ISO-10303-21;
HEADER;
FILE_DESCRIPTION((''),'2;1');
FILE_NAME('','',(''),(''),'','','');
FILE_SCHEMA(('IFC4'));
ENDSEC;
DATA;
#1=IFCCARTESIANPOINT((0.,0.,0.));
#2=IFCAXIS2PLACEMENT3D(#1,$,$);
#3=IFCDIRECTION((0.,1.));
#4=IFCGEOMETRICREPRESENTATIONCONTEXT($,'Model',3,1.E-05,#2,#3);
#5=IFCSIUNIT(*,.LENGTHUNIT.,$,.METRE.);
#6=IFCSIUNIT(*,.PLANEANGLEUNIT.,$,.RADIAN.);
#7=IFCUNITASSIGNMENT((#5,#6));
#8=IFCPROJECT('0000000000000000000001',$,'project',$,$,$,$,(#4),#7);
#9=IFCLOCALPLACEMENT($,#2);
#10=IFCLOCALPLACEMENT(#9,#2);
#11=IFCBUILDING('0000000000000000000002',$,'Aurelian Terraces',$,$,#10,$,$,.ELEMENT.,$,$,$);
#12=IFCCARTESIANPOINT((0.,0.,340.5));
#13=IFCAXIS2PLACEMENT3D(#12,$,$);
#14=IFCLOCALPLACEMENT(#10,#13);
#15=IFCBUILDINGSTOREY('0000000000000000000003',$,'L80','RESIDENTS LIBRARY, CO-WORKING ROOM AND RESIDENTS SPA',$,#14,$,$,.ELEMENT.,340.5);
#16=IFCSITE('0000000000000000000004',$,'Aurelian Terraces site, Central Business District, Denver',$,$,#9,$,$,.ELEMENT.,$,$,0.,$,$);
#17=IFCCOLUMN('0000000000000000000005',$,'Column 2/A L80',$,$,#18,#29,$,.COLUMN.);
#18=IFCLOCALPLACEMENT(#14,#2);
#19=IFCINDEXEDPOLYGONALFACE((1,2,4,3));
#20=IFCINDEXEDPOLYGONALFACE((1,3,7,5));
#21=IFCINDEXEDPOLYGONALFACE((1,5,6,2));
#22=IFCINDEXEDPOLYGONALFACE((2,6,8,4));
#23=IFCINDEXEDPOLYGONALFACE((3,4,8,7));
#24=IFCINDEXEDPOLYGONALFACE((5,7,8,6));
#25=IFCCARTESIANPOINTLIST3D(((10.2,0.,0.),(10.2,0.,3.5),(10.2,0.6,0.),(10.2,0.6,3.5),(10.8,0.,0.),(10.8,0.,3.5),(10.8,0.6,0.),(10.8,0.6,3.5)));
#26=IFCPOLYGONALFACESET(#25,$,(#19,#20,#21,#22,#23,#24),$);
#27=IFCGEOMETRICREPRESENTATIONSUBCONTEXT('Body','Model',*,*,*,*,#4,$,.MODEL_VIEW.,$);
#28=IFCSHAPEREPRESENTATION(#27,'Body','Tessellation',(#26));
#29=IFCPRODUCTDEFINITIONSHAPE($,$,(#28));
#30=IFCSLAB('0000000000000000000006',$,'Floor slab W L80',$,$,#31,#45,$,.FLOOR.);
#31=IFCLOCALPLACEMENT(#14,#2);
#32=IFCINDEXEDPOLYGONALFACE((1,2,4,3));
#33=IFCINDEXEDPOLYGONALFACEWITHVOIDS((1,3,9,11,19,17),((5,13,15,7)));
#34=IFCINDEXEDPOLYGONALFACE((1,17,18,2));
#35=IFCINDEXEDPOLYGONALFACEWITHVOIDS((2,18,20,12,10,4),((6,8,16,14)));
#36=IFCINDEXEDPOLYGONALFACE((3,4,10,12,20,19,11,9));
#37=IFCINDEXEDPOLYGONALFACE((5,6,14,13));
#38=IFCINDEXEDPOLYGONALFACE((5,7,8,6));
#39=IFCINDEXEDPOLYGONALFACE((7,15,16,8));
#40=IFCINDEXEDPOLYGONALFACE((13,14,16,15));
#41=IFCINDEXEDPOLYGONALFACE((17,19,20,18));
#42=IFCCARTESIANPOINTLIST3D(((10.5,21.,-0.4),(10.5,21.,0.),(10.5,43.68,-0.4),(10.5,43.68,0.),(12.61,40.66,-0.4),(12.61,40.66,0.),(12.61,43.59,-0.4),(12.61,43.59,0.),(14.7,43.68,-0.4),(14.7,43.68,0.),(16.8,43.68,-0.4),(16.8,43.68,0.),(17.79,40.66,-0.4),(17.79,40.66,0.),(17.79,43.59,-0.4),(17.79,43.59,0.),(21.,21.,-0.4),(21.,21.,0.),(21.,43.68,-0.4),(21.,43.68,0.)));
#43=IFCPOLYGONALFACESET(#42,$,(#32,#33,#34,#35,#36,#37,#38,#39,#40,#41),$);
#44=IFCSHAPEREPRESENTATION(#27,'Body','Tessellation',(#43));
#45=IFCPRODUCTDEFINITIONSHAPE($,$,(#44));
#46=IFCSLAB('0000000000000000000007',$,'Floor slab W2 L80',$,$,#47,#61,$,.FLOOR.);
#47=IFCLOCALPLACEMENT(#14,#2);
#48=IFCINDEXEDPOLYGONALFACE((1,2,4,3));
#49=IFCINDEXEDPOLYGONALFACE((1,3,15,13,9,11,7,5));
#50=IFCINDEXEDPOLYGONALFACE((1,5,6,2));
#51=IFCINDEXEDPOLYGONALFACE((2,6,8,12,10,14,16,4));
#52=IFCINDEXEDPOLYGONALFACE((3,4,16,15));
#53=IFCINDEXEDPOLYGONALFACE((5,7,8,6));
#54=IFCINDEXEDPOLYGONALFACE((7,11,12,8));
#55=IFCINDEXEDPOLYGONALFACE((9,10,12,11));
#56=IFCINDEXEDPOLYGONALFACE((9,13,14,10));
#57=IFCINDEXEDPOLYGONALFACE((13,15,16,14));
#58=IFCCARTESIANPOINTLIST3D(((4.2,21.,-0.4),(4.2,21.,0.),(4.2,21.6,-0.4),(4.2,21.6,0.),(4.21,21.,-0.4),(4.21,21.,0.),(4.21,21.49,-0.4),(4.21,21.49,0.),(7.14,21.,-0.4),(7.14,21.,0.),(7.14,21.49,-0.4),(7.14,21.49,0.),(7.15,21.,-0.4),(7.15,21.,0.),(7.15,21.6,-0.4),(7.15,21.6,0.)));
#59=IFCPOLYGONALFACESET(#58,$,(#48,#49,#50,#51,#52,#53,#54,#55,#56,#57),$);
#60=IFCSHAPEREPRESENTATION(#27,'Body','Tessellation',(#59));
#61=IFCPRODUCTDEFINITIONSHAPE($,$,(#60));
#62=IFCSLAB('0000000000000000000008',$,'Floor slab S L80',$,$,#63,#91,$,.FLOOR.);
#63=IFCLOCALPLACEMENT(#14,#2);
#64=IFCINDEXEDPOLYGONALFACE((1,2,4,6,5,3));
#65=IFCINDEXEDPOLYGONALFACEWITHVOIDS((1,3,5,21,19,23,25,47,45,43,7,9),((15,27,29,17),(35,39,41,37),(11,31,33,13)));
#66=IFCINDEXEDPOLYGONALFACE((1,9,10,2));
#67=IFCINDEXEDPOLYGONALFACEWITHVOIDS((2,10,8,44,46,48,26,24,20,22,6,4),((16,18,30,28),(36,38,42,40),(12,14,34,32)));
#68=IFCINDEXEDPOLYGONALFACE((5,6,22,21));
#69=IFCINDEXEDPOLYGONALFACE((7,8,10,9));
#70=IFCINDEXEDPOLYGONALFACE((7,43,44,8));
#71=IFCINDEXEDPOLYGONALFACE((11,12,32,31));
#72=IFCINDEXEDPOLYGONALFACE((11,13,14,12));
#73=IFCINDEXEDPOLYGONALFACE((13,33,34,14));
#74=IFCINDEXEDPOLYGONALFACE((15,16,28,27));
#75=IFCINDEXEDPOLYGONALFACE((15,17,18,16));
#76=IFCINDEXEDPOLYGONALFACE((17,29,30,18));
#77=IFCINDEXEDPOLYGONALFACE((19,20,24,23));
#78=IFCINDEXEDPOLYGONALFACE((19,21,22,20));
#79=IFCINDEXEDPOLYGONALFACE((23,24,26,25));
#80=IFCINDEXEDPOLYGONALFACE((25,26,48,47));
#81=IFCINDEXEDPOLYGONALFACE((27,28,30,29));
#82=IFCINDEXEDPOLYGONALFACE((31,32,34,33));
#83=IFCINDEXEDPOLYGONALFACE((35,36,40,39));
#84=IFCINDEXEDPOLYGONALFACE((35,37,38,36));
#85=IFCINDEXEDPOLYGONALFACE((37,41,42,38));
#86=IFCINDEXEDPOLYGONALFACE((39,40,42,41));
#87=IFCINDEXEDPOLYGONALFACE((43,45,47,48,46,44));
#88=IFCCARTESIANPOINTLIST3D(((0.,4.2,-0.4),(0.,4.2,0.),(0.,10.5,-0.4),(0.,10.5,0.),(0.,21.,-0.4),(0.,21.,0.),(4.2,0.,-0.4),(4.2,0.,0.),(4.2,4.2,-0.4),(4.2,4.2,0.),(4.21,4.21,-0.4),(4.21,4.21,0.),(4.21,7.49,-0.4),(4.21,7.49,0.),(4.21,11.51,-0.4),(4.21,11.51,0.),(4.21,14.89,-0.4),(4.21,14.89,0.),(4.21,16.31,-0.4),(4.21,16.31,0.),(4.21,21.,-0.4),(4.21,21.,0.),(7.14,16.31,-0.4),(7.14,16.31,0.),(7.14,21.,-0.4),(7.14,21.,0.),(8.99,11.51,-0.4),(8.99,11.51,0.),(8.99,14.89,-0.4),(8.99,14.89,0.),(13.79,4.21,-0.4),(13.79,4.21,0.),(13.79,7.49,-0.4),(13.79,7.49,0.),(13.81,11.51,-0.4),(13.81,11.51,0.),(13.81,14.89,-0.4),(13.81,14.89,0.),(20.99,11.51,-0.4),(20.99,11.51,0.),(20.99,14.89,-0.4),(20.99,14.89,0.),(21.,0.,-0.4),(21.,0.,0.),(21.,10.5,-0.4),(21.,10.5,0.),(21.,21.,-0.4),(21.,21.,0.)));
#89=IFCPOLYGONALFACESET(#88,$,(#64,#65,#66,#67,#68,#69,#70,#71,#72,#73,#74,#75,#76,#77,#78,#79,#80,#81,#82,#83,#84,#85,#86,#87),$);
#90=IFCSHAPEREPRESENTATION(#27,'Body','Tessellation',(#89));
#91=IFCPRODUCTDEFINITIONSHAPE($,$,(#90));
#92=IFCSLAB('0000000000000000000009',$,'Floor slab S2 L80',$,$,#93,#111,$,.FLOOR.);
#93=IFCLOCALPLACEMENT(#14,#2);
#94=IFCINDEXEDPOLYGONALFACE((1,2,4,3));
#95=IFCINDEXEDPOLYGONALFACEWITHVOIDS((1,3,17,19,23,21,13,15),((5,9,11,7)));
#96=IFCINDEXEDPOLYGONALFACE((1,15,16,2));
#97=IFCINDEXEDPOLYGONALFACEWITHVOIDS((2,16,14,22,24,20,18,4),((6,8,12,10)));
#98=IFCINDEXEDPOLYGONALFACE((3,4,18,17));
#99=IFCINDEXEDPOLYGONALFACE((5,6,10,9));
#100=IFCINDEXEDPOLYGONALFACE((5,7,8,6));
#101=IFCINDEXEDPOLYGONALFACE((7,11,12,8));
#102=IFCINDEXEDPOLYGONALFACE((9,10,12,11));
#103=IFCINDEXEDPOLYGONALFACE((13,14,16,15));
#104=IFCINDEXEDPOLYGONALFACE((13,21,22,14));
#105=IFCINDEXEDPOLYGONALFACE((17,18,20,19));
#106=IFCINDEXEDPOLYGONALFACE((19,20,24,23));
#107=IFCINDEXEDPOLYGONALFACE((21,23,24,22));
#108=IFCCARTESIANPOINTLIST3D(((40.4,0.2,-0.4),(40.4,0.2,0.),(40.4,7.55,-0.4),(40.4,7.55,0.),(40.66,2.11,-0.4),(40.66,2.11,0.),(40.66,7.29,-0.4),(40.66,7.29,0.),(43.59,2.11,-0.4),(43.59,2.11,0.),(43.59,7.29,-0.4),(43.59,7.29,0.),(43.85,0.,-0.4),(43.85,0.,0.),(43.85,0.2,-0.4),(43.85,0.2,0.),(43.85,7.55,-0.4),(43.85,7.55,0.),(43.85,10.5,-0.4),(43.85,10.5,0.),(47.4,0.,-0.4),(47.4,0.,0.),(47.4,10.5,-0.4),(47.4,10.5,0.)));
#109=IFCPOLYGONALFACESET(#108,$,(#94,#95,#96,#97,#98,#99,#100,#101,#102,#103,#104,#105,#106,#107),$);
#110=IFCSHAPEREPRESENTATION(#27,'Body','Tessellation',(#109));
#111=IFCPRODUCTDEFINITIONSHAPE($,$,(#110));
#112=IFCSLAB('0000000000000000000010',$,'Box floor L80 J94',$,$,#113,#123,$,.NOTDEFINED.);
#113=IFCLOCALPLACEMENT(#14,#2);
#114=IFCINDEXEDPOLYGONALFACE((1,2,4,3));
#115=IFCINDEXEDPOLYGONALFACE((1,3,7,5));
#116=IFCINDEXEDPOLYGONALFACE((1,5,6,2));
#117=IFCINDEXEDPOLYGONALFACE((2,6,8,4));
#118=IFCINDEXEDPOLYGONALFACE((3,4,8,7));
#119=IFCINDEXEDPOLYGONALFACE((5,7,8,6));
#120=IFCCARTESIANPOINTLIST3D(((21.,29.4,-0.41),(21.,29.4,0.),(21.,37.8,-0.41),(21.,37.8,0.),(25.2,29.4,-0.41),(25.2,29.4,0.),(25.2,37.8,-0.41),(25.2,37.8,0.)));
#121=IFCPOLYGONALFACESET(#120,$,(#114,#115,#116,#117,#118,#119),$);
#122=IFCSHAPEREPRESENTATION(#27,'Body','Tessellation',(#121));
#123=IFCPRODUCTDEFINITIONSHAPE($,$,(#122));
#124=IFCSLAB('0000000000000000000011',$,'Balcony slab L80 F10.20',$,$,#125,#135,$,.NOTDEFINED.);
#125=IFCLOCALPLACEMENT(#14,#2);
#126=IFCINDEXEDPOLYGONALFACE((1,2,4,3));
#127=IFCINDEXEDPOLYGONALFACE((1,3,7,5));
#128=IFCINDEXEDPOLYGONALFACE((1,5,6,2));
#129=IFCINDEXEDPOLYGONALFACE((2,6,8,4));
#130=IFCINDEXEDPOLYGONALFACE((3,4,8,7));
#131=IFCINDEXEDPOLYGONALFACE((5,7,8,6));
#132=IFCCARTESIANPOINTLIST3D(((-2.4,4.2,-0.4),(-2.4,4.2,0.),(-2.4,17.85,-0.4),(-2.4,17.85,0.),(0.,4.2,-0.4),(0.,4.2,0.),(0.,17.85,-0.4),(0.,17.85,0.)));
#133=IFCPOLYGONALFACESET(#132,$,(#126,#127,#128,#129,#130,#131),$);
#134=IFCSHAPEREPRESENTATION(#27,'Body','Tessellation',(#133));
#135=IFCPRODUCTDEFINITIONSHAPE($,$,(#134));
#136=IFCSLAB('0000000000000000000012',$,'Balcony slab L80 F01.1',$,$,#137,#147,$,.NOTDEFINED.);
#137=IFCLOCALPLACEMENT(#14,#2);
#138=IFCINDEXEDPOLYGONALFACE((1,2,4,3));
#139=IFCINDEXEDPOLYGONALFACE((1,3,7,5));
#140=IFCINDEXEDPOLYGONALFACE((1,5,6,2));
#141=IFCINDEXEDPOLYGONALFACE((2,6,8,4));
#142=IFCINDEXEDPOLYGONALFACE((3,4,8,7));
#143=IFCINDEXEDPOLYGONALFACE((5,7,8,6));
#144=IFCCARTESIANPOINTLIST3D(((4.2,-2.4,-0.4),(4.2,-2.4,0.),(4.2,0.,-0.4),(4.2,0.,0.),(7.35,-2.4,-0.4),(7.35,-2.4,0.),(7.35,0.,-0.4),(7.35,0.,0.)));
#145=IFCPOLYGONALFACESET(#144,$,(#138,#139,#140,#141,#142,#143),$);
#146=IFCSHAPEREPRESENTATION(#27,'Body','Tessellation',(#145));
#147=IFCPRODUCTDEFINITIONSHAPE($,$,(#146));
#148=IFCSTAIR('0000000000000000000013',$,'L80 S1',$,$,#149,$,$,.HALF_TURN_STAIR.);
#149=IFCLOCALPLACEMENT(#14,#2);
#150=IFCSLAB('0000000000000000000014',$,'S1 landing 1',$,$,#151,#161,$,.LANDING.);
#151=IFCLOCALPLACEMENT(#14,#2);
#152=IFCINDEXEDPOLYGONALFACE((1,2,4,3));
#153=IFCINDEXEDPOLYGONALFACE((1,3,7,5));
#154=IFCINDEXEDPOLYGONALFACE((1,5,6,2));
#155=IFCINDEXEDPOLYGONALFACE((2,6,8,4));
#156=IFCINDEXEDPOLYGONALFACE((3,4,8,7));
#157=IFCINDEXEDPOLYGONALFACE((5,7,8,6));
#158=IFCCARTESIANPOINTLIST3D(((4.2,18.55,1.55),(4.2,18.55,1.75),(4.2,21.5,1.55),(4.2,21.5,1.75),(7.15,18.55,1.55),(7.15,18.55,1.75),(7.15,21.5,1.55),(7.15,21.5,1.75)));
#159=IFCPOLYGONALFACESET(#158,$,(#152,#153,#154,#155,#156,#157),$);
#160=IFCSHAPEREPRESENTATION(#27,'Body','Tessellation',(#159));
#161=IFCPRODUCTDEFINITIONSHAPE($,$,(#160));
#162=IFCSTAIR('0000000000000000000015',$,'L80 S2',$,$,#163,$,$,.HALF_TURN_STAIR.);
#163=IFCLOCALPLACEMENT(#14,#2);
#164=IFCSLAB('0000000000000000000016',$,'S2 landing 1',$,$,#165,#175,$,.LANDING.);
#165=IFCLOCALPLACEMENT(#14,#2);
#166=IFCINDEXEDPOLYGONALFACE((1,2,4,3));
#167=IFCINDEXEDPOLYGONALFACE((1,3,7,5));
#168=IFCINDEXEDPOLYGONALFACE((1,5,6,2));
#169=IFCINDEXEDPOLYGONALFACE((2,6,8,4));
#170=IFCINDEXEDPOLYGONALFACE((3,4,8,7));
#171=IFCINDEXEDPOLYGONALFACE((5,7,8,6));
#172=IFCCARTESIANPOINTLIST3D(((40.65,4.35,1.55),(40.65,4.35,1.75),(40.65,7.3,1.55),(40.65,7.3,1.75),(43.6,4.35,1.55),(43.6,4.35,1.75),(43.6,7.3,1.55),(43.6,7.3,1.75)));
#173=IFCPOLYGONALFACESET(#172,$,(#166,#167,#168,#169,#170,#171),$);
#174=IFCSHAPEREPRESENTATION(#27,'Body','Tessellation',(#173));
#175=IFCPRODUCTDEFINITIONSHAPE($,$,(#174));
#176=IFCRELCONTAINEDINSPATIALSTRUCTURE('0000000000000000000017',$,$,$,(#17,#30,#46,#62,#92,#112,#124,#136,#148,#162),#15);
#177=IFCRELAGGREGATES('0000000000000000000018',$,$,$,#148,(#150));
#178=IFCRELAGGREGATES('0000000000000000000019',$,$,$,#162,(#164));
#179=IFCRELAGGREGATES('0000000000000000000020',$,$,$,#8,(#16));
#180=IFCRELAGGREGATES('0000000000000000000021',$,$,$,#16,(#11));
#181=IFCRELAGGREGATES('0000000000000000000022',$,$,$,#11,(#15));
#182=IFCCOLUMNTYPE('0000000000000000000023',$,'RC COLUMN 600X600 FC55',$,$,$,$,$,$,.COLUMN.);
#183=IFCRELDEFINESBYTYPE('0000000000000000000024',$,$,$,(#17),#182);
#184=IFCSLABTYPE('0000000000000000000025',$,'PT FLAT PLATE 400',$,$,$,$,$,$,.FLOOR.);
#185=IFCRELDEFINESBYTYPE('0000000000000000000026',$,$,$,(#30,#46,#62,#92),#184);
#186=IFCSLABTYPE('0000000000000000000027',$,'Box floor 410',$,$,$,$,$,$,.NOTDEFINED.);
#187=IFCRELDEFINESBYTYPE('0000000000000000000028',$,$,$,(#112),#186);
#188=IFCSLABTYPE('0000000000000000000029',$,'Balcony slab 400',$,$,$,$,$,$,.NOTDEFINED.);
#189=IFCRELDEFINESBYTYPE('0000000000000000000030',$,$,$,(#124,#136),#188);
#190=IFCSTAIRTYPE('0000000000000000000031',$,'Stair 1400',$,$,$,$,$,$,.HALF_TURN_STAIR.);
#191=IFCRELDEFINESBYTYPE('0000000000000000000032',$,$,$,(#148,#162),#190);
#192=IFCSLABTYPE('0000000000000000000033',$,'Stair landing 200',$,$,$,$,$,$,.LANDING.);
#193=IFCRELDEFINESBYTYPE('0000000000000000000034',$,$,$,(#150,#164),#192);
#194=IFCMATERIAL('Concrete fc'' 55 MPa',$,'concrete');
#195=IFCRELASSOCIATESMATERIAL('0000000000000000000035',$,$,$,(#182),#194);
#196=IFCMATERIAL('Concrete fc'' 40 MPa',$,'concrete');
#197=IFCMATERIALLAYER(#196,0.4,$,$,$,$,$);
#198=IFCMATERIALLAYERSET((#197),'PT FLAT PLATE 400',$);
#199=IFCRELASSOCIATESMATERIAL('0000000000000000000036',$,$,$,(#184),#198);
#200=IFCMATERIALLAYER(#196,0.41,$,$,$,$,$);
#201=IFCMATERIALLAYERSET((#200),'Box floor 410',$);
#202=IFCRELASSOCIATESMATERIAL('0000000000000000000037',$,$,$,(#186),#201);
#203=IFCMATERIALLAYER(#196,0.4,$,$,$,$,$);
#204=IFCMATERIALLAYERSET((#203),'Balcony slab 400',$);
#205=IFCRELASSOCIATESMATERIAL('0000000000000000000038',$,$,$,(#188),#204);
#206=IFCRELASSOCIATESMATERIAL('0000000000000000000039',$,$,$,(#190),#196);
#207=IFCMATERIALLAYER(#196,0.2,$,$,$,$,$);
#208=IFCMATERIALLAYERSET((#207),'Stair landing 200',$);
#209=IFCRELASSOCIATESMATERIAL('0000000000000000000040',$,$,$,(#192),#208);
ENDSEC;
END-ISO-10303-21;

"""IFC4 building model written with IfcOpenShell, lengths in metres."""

from ifc_helpers import new_model, si_unit, direction, frame, origin, origin_2d, place, context, subcontext, project, spatial, polyline, rectangle, outline, extrude, source, transform, mapped, material, layer, layer_set, material_profile, profile_set, type_object, element, aggregate, save


model = new_model("IFC4")

# Units and contexts
model_context = context("Model", 3, precision=1e-05, world=origin(), true_north=direction((0.0, 1.0)))
body_context = subcontext(model_context, "Body", "Model", "MODEL_VIEW")
ifc_project = project(units=[si_unit("LENGTHUNIT", "METRE"), si_unit("PLANEANGLEUNIT", "RADIAN")], contexts=[model_context])

# Site, building, storey
site_placement = place(None, origin())
site = spatial("IfcSite", under=ifc_project, at=site_placement, Name="Aurelian Terraces site, Central Business District, Denver", CompositionType="ELEMENT", RefElevation=0.0)
building_placement = place(site_placement, origin())
building = spatial("IfcBuilding", under=site, at=building_placement, Name="Aurelian Terraces", CompositionType="ELEMENT")
storey_placement = place(building_placement, frame((0.0, 0.0, 340.5)))
storey = spatial("IfcBuildingStorey", under=building, at=storey_placement, Name="L80", Description="RESIDENTS LIBRARY, CO-WORKING ROOM AND RESIDENTS SPA", CompositionType="ELEMENT", Elevation=340.5)

# Column
ifc_material_1 = material(Name="Concrete fc' 55 MPa", Category="concrete")
ifc_material_profile = material_profile(ifc_material_1, rectangle(XDim=0.6, YDim=0.6, at=origin_2d()))
ifc_profile_set = profile_set([ifc_material_profile], Name="Concrete fc' 55 MPa")
column_type = type_object("IfcColumnType", Name="RC COLUMN 600X600 FC55", PredefinedType="COLUMN", material=ifc_profile_set)
shared_shape_1 = source(origin(), body_context, "Body", "SweptSolid", [
    extrude(rectangle(XDim=0.6, YDim=0.6, at=origin_2d()), origin(), (0.0, 0.0, 1.0), 3.5),
])
column_placement = place(storey_placement, frame((10.5, 0.3, 0.0), z_axis=(0.0, 0.0, 1.0), x_axis=(1.0, 0.0, 0.0)))
element("IfcColumn", 1, at=column_placement, inside=storey, type_object=column_type, Name="Column 2/A L80", PredefinedType="COLUMN", context=body_context, shape_type="MappedRepresentation", body=[
    mapped(shared_shape_1, transform((0.0, 0.0, 0.0), scale=1.0)),
])

# Slabs
ifc_material_2 = material(Name="Concrete fc' 40 MPa", Category="concrete")
ifc_layer_1 = layer(ifc_material_2, 0.4)
ifc_layer_set_1 = layer_set([ifc_layer_1], Name="PT FLAT PLATE 400")
slab_type_1 = type_object("IfcSlabType", Name="PT FLAT PLATE 400", PredefinedType="FLOOR", material=ifc_layer_set_1)
shared_shape_2 = source(origin(), body_context, "Body", "SweptSolid", [
    extrude(outline(polyline([(10.5, 43.68), (14.7, 43.68), (16.8, 43.68), (21.0, 43.68), (21.0, 21.0), (10.5, 21.0), (10.5, 43.68)]), holes=[polyline([(17.79, 43.59), (12.61, 43.59), (12.61, 40.66), (17.79, 40.66), (17.79, 43.59)])]), origin(), (0.0, 0.0, 1.0), 0.4),
])
slab_1_placement = place(storey_placement, frame((0.0, 0.0, -0.4)))
element("IfcSlab", 2, at=slab_1_placement, inside=storey, type_object=slab_type_1, Name="Floor slab W L80", PredefinedType="FLOOR", context=body_context, shape_type="MappedRepresentation", body=[
    mapped(shared_shape_2, transform((0.0, 0.0, 0.0), scale=1.0)),
])
shared_shape_3 = source(origin(), body_context, "Body", "SweptSolid", [
    extrude(outline(polyline([(4.2, 21.0), (4.2, 21.6), (7.15, 21.6), (7.15, 21.0), (7.14, 21.0), (7.14, 21.49), (4.21, 21.49), (4.21, 21.0), (4.2, 21.0)])), origin(), (0.0, 0.0, 1.0), 0.4),
])
slab_2_placement = place(storey_placement, frame((0.0, 0.0, -0.4)))
element("IfcSlab", 3, at=slab_2_placement, inside=storey, type_object=slab_type_1, Name="Floor slab W2 L80", PredefinedType="FLOOR", context=body_context, shape_type="MappedRepresentation", body=[
    mapped(shared_shape_3, transform((0.0, 0.0, 0.0), scale=1.0)),
])
shared_shape_4 = source(origin(), body_context, "Body", "SweptSolid", [
    extrude(outline(polyline([(0.0, 4.2), (0.0, 10.5), (0.0, 21.0), (4.21, 21.0), (4.21, 16.31), (7.14, 16.31), (7.14, 21.0), (21.0, 21.0), (21.0, 10.5), (21.0, 0.0), (4.2, 0.0), (4.2, 4.2), (0.0, 4.2)]), holes=[polyline([(13.81, 14.89), (13.81, 11.51), (20.99, 11.51), (20.99, 14.89), (13.81, 14.89)]), polyline([(4.21, 7.49), (4.21, 4.21), (13.79, 4.21), (13.79, 7.49), (4.21, 7.49)]), polyline([(8.99, 11.51), (8.99, 14.89), (4.21, 14.89), (4.21, 11.51), (8.99, 11.51)])]), origin(), (0.0, 0.0, 1.0), 0.4),
])
slab_3_placement = place(storey_placement, frame((0.0, 0.0, -0.4)))
element("IfcSlab", 4, at=slab_3_placement, inside=storey, type_object=slab_type_1, Name="Floor slab S L80", PredefinedType="FLOOR", context=body_context, shape_type="MappedRepresentation", body=[
    mapped(shared_shape_4, transform((0.0, 0.0, 0.0), scale=1.0)),
])
shared_shape_5 = source(origin(), body_context, "Body", "SweptSolid", [
    extrude(outline(polyline([(43.85, 7.55), (43.85, 10.5), (47.4, 10.5), (47.4, 0.0), (43.85, 0.0), (43.85, 0.2), (40.4, 0.2), (40.4, 7.55), (43.85, 7.55)]), holes=[polyline([(40.66, 2.11), (43.59, 2.11), (43.59, 7.29), (40.66, 7.29), (40.66, 2.11)])]), origin(), (0.0, 0.0, 1.0), 0.4),
])
slab_4_placement = place(storey_placement, frame((0.0, 0.0, -0.4)))
element("IfcSlab", 5, at=slab_4_placement, inside=storey, type_object=slab_type_1, Name="Floor slab S2 L80", PredefinedType="FLOOR", context=body_context, shape_type="MappedRepresentation", body=[
    mapped(shared_shape_5, transform((0.0, 0.0, 0.0), scale=1.0)),
])
ifc_layer_2 = layer(ifc_material_2, 0.41)
ifc_layer_set_2 = layer_set([ifc_layer_2], Name="Box floor 410")
slab_type_2 = type_object("IfcSlabType", Name="Box floor 410", PredefinedType="NOTDEFINED", material=ifc_layer_set_2)
shared_shape_6 = source(origin(), body_context, "Body", "SweptSolid", [
    extrude(outline(polyline([(25.2, 29.4), (25.2, 37.8), (21.0, 37.8), (21.0, 29.4), (25.2, 29.4)])), origin(), (0.0, 0.0, 1.0), 0.41),
])
slab_5_placement = place(storey_placement, frame((0.0, 0.0, -0.41)))
element("IfcSlab", 6, at=slab_5_placement, inside=storey, type_object=slab_type_2, Name="Box floor L80 J94", PredefinedType="NOTDEFINED", context=body_context, shape_type="MappedRepresentation", body=[
    mapped(shared_shape_6, transform((0.0, 0.0, 0.0), scale=1.0)),
])
ifc_layer_3 = layer(ifc_material_2, 0.4)
ifc_layer_set_3 = layer_set([ifc_layer_3], Name="Balcony slab 400")
slab_type_3 = type_object("IfcSlabType", Name="Balcony slab 400", PredefinedType="NOTDEFINED", material=ifc_layer_set_3)
shared_shape_7 = source(origin(), body_context, "Body", "SweptSolid", [
    extrude(outline(polyline([(0.0, 17.85), (0.0, 4.2), (-2.4, 4.2), (-2.4, 17.85), (0.0, 17.85)])), origin(), (0.0, 0.0, 1.0), 0.4),
])
slab_6_placement = place(storey_placement, frame((0.0, 0.0, -0.4)))
element("IfcSlab", 7, at=slab_6_placement, inside=storey, type_object=slab_type_3, Name="Balcony slab L80 F10.20", PredefinedType="NOTDEFINED", context=body_context, shape_type="MappedRepresentation", body=[
    mapped(shared_shape_7, transform((0.0, 0.0, 0.0), scale=1.0)),
])
shared_shape_8 = source(origin(), body_context, "Body", "SweptSolid", [
    extrude(outline(polyline([(4.2, 0.0), (7.35, 0.0), (7.35, -2.4), (4.2, -2.4), (4.2, 0.0)])), origin(), (0.0, 0.0, 1.0), 0.4),
])
slab_7_placement = place(storey_placement, frame((0.0, 0.0, -0.4)))
element("IfcSlab", 8, at=slab_7_placement, inside=storey, type_object=slab_type_3, Name="Balcony slab L80 F01.1", PredefinedType="NOTDEFINED", context=body_context, shape_type="MappedRepresentation", body=[
    mapped(shared_shape_8, transform((0.0, 0.0, 0.0), scale=1.0)),
])

# Stairs, slabs
stair_type = type_object("IfcStairType", Name="Stair 1400", PredefinedType="HALF_TURN_STAIR", material=ifc_material_2)
stair_1_placement = place(storey_placement, origin())
stair_1 = element("IfcStair", 9, at=stair_1_placement, inside=storey, type_object=stair_type, Name="L80 S1", PredefinedType="HALF_TURN_STAIR")
ifc_layer_4 = layer(ifc_material_2, 0.2)
ifc_layer_set_4 = layer_set([ifc_layer_4], Name="Stair landing 200")
slab_type_4 = type_object("IfcSlabType", Name="Stair landing 200", PredefinedType="LANDING", material=ifc_layer_set_4)
shared_shape_9 = source(origin(), body_context, "Body", "SweptSolid", [
    extrude(outline(polyline([(7.15, 18.55), (7.15, 21.5), (4.2, 21.5), (4.2, 18.55), (7.15, 18.55)])), origin(), (0.0, 0.0, 1.0), 0.2),
])
slab_8_placement = place(storey_placement, frame((0.0, 0.0, 1.55)))
slab_8 = element("IfcSlab", 10, at=slab_8_placement, type_object=slab_type_4, Name="S1 landing 1", PredefinedType="LANDING", context=body_context, shape_type="MappedRepresentation", body=[
    mapped(shared_shape_9, transform((0.0, 0.0, 0.0), scale=1.0)),
])
aggregate(stair_1, [slab_8])
stair_2_placement = place(storey_placement, origin())
stair_2 = element("IfcStair", 11, at=stair_2_placement, inside=storey, type_object=stair_type, Name="L80 S2", PredefinedType="HALF_TURN_STAIR")
shared_shape_10 = source(origin(), body_context, "Body", "SweptSolid", [
    extrude(outline(polyline([(43.6, 4.35), (43.6, 7.3), (40.65, 7.3), (40.65, 4.35), (43.6, 4.35)])), origin(), (0.0, 0.0, 1.0), 0.2),
])
slab_9_placement = place(storey_placement, frame((0.0, 0.0, 1.55)))
slab_9 = element("IfcSlab", 12, at=slab_9_placement, type_object=slab_type_4, Name="S2 landing 1", PredefinedType="LANDING", context=body_context, shape_type="MappedRepresentation", body=[
    mapped(shared_shape_10, transform((0.0, 0.0, 0.0), scale=1.0)),
])
aggregate(stair_2, [slab_9])

save(model, "model.ifc")
